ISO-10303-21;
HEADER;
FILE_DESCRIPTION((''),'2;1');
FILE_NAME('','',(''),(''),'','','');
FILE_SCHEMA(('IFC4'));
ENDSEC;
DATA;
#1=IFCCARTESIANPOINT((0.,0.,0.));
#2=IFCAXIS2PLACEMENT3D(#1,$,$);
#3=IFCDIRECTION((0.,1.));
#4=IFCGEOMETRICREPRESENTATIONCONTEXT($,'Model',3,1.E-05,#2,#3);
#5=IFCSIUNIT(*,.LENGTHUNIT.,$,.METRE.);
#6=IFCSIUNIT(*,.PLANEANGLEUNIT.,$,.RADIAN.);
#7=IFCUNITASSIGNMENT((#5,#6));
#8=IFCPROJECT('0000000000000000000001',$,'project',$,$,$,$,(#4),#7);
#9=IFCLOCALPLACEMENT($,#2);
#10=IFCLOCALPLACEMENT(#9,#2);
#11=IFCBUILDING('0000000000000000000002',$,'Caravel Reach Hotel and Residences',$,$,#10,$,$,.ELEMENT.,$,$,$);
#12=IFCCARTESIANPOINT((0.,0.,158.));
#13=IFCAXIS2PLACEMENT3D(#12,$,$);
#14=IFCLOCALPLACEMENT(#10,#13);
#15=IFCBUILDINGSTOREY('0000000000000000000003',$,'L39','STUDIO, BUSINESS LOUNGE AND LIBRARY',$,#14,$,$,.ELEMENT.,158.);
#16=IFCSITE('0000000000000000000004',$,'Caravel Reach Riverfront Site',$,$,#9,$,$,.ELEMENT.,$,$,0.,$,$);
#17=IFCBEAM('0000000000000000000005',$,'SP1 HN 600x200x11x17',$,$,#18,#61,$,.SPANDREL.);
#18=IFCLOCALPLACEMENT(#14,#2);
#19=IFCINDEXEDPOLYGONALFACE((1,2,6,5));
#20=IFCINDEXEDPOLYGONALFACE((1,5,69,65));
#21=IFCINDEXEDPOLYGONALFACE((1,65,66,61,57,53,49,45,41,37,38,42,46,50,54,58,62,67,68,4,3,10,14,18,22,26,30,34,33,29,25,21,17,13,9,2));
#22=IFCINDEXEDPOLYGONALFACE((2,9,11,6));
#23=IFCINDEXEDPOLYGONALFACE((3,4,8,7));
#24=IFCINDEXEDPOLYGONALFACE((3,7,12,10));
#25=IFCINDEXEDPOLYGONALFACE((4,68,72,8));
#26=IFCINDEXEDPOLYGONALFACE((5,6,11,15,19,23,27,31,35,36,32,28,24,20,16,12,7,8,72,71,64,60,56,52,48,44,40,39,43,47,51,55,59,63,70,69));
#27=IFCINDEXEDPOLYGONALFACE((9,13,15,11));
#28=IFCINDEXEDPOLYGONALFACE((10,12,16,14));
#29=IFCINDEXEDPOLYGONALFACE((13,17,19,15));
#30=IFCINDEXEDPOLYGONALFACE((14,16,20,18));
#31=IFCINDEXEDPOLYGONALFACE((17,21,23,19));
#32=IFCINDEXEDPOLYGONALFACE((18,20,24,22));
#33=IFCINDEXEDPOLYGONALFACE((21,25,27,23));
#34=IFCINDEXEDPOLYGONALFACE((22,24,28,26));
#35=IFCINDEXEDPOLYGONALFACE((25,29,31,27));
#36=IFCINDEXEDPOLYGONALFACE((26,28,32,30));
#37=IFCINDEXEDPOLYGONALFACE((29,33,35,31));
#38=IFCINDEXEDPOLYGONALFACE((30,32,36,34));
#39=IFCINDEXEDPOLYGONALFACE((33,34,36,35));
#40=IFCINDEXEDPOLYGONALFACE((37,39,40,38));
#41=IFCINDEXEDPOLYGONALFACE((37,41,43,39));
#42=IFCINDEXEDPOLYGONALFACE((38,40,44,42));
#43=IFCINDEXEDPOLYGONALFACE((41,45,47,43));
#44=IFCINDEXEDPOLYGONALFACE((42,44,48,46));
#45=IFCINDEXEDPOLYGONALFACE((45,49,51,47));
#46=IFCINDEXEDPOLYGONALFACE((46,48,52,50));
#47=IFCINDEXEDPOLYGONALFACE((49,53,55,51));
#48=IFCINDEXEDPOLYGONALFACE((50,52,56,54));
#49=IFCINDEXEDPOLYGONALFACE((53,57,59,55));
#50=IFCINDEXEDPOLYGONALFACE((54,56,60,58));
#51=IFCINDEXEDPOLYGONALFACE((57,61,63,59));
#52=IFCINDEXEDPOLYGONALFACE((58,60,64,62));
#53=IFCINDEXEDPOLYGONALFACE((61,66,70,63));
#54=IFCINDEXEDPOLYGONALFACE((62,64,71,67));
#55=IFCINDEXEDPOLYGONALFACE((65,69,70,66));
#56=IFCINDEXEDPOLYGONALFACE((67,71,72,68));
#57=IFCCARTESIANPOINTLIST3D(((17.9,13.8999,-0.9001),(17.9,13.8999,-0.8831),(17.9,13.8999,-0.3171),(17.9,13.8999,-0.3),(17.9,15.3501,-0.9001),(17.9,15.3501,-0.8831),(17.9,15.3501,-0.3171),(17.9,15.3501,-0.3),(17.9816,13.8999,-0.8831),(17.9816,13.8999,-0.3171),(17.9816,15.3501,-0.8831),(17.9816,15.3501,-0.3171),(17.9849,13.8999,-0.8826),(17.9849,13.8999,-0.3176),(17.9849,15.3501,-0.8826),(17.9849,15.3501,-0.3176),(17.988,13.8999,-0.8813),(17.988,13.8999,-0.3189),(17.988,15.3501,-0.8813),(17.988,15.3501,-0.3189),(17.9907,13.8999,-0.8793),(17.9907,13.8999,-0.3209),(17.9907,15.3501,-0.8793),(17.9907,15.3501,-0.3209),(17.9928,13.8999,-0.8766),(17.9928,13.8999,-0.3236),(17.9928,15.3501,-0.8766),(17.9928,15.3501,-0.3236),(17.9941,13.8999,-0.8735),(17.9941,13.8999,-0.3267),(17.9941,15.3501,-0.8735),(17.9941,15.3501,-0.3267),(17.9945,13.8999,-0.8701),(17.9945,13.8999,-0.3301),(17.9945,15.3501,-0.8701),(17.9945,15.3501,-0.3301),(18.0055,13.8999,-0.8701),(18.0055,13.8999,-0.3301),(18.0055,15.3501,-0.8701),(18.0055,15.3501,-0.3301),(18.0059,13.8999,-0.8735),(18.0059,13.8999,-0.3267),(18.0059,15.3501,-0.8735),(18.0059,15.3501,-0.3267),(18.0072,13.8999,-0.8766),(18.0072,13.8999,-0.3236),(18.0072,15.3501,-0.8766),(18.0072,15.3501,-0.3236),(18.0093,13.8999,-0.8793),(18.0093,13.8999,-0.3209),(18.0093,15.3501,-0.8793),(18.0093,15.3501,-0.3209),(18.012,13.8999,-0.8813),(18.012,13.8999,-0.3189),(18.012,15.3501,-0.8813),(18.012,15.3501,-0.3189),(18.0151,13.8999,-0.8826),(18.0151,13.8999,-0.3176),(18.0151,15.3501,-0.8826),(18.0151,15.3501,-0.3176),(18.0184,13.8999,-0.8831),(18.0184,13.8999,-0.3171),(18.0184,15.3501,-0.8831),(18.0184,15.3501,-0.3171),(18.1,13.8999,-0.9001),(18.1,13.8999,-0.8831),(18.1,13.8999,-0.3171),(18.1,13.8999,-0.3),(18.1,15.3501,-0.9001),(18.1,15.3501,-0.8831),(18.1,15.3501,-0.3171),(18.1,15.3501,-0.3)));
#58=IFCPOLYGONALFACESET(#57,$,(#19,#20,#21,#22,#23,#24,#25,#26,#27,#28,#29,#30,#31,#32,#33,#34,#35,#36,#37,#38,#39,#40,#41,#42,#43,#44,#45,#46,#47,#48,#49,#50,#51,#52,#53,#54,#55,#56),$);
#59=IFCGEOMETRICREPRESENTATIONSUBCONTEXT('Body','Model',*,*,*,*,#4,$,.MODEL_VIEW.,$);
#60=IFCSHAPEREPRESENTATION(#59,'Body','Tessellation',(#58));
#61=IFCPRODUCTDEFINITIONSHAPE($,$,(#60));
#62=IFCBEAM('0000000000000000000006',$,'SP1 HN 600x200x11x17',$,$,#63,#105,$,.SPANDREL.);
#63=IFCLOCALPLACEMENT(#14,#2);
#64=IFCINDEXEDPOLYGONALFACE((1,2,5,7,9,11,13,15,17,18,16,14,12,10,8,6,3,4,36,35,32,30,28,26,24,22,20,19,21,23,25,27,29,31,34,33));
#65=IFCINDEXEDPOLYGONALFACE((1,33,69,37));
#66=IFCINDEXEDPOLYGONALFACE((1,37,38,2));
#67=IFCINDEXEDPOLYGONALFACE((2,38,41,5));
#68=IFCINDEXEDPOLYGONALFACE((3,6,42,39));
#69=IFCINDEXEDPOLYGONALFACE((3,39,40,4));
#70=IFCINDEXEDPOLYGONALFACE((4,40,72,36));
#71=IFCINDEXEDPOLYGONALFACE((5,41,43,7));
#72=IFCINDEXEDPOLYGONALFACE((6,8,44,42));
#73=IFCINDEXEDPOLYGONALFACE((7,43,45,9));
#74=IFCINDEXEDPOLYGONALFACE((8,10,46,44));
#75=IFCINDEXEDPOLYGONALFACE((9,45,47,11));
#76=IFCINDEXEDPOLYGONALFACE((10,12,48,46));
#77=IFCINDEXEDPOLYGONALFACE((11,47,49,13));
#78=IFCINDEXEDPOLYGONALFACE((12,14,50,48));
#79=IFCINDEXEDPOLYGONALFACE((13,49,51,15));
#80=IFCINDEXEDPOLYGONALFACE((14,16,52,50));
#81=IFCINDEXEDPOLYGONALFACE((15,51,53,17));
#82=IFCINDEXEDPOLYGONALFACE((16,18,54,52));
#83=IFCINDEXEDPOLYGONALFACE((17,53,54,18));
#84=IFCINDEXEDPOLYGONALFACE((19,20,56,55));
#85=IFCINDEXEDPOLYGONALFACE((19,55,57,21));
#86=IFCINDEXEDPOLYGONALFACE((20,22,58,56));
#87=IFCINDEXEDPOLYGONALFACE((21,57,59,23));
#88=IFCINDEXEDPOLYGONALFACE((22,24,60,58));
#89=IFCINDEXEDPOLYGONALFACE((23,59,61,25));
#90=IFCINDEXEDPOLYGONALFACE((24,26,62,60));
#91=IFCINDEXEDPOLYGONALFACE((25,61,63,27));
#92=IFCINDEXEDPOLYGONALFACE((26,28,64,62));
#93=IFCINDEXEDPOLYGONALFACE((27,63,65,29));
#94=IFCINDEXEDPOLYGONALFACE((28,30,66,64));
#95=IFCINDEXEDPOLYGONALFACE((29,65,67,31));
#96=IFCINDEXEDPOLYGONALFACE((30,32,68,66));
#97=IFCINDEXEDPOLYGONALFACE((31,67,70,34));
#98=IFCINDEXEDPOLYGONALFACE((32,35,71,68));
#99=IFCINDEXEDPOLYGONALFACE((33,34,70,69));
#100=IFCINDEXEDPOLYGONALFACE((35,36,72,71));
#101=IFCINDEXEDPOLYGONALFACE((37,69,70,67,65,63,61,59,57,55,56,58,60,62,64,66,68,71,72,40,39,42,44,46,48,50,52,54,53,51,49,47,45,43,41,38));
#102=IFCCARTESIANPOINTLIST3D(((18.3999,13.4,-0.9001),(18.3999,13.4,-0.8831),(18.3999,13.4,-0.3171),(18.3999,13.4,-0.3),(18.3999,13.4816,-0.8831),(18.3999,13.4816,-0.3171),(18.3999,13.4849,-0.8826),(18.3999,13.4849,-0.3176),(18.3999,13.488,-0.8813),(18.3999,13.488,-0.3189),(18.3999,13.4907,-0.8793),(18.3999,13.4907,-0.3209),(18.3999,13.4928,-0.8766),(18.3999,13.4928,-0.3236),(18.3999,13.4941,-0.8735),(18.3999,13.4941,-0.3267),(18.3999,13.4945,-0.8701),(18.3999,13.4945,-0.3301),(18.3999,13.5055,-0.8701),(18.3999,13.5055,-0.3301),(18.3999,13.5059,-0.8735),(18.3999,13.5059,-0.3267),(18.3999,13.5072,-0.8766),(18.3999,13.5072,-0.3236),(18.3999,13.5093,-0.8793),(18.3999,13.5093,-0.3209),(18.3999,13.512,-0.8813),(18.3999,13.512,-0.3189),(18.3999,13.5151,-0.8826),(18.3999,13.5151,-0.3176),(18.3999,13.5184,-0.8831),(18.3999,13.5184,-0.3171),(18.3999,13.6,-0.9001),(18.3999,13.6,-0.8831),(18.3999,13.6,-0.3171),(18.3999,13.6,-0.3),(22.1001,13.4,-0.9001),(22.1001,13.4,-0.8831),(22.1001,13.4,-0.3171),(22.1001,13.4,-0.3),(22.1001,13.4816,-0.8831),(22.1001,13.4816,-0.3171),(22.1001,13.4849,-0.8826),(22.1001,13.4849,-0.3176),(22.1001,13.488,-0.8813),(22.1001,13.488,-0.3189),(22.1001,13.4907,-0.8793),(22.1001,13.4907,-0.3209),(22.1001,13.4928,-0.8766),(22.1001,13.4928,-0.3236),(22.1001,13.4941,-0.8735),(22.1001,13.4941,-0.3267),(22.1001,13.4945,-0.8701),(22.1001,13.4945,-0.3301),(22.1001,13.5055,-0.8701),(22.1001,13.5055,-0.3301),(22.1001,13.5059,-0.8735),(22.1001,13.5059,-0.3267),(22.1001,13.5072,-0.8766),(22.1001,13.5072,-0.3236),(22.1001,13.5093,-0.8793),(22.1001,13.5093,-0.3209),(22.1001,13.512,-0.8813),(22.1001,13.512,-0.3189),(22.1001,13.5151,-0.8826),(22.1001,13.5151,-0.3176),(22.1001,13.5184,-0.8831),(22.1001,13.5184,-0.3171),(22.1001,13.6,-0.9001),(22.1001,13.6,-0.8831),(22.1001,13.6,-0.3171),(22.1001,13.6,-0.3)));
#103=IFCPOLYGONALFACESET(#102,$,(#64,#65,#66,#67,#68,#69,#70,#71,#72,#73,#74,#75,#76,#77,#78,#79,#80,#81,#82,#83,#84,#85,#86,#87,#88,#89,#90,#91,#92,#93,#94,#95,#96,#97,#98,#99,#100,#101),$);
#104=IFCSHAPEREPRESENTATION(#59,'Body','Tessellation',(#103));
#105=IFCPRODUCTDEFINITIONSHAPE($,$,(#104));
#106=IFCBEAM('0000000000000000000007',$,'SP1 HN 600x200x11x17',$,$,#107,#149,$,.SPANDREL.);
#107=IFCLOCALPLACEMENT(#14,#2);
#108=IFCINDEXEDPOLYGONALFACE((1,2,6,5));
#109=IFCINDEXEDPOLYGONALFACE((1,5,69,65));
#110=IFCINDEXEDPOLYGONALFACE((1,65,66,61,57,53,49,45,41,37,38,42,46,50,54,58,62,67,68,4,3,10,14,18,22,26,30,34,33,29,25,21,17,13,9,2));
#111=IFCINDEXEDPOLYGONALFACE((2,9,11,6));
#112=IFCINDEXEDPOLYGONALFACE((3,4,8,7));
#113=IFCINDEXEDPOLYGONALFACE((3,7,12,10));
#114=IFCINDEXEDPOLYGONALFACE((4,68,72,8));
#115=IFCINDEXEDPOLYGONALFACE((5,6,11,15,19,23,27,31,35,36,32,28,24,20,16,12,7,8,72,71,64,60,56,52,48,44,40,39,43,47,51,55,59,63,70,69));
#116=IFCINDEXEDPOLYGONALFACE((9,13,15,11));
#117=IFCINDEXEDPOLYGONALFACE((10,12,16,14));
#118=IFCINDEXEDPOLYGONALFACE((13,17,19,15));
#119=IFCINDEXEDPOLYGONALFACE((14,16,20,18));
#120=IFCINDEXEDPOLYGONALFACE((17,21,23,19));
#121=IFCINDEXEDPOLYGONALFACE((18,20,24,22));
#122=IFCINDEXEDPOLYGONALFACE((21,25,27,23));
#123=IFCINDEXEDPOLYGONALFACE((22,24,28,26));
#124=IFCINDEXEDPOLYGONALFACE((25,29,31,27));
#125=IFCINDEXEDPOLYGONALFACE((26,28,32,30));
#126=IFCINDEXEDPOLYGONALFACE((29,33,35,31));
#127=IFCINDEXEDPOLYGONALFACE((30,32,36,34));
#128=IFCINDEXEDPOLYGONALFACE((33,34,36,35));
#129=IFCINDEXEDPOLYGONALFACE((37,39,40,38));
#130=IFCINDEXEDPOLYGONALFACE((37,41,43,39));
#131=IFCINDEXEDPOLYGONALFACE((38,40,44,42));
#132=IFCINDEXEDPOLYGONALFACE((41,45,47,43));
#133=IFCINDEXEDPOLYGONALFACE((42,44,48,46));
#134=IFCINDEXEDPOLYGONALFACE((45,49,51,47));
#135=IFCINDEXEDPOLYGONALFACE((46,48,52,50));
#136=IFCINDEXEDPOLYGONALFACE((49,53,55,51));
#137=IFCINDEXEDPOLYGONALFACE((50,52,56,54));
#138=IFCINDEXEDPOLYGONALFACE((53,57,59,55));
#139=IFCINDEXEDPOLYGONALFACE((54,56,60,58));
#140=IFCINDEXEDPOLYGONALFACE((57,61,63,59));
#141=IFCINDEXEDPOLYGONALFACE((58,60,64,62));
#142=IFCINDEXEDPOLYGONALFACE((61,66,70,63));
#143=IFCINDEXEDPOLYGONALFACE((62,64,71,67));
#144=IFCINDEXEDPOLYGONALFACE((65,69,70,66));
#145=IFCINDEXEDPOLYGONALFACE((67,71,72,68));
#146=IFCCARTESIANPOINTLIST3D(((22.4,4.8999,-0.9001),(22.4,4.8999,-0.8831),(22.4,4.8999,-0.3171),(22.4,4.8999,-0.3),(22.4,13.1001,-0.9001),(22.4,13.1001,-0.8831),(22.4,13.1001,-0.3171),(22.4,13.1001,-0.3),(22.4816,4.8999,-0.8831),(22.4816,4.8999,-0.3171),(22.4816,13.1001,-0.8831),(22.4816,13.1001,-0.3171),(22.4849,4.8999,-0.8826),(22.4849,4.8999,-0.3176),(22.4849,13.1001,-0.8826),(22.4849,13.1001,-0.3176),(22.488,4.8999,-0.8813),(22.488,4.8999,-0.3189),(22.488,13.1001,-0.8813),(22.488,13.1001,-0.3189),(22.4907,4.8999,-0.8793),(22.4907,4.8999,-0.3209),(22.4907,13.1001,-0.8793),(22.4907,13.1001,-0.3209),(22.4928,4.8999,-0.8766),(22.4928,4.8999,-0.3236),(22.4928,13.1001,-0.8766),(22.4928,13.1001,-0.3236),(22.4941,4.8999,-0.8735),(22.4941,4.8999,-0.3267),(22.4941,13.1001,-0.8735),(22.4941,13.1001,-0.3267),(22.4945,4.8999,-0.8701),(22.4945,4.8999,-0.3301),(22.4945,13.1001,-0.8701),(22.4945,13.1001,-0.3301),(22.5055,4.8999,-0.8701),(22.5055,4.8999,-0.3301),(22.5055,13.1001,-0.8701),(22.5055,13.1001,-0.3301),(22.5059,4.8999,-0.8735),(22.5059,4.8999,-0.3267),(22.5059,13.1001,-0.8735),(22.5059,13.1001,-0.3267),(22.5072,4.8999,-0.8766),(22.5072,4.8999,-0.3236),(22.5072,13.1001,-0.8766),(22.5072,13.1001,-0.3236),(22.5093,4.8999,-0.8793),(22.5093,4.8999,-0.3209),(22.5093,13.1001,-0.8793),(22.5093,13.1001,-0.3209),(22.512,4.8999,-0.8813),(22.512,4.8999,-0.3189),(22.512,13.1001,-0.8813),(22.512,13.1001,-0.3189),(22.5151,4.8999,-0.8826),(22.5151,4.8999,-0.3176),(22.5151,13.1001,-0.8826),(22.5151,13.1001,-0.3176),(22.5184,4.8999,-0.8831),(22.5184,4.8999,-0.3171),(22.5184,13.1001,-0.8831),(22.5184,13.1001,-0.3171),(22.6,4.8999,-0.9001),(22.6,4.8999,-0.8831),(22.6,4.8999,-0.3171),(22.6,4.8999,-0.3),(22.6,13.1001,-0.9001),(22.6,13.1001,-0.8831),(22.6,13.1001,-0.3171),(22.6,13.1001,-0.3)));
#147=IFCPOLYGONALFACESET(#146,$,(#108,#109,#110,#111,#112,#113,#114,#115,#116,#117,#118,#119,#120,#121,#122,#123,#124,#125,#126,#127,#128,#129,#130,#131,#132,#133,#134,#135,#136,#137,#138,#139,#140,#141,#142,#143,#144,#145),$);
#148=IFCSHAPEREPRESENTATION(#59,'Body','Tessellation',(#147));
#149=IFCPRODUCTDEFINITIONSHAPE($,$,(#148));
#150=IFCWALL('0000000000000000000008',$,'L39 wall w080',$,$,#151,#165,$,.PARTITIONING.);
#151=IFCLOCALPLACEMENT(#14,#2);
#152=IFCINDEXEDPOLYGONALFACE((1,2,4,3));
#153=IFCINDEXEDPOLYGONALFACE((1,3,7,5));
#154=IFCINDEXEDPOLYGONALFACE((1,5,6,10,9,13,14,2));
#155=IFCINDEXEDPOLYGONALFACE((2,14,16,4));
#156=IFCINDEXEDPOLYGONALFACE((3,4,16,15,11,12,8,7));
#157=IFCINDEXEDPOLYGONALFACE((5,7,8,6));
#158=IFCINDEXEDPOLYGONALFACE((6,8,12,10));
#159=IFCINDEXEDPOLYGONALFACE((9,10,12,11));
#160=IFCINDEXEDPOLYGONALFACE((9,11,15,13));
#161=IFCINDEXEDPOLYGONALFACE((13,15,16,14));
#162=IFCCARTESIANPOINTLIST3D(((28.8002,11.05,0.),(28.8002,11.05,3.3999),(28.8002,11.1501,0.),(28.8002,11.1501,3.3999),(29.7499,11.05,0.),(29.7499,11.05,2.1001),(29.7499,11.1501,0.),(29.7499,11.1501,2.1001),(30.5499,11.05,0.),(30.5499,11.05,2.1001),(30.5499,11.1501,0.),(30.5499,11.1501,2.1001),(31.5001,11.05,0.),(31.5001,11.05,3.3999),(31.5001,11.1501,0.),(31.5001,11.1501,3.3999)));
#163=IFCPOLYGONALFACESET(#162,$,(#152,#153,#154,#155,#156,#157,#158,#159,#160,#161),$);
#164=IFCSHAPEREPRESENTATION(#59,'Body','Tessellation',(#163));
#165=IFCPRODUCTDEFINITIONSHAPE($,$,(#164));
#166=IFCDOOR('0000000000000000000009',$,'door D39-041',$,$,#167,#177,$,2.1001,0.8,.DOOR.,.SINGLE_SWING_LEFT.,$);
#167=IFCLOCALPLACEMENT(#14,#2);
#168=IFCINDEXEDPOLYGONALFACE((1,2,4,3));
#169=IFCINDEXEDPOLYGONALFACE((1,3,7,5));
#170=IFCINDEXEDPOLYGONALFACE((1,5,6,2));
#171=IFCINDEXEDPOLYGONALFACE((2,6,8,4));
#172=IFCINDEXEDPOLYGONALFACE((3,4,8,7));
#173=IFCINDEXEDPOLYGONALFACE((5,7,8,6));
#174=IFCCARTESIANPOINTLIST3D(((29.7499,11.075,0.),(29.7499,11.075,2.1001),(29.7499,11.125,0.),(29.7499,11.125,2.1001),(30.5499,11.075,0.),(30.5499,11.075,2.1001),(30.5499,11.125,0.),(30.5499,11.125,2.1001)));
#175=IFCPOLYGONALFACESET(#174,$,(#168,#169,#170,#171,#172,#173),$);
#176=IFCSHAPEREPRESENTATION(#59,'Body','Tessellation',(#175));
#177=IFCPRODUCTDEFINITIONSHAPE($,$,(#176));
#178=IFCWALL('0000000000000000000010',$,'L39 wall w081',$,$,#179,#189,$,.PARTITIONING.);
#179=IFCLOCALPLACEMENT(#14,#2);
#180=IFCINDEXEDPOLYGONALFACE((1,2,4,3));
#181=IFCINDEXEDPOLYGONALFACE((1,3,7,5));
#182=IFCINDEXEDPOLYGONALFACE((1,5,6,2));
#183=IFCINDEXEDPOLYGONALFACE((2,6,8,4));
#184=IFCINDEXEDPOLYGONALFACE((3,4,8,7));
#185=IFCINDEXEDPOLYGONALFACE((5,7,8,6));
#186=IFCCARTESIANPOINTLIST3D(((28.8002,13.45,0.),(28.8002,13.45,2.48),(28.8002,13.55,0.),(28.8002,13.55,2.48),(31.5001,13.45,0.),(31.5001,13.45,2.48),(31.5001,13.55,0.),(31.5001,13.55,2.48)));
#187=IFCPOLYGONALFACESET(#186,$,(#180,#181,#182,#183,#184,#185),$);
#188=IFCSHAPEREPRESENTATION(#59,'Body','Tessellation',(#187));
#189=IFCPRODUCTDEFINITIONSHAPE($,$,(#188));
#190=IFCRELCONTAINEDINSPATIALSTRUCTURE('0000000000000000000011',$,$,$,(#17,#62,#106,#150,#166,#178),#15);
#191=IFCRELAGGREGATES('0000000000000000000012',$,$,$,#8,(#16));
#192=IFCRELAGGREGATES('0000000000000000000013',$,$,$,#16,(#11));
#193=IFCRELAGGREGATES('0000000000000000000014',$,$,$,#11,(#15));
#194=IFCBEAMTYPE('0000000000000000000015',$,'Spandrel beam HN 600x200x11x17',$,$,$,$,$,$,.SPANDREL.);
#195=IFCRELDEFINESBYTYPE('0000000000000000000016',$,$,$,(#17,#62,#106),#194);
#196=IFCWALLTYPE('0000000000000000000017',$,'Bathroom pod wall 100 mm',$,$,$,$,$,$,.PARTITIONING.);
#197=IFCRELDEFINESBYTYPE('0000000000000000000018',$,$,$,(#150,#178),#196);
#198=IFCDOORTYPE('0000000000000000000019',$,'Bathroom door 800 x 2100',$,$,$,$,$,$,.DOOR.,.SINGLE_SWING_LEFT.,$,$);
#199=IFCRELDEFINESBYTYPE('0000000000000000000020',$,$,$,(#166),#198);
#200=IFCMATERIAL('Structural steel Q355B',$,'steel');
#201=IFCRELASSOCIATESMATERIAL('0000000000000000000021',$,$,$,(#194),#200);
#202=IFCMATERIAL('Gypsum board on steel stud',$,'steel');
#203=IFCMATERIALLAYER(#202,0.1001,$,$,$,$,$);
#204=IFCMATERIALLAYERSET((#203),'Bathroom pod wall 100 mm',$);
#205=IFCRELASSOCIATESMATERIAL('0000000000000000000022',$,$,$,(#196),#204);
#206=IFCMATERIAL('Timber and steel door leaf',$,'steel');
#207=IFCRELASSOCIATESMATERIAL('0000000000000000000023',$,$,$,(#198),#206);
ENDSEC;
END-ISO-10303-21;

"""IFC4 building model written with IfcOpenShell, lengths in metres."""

from ifc_helpers import new_model, si_unit, direction, frame, frame_2d, origin, origin_2d, place, context, subcontext, project, spatial, rectangle, i_section, extrude, material, layer, layer_set, material_profile, profile_set, type_object, element, fill, save


model = new_model("IFC4")

# Units and contexts
model_context = context("Model", 3, precision=1e-05, world=origin(), true_north=direction((0.0, 1.0)))
body_context = subcontext(model_context, "Body", "Model", "MODEL_VIEW")
ifc_project = project(units=[si_unit("LENGTHUNIT", "METRE"), si_unit("PLANEANGLEUNIT", "RADIAN")], contexts=[model_context])

# Site, building, storey
site_placement = place(None, origin())
site = spatial("IfcSite", under=ifc_project, at=site_placement, Name="Caravel Reach Riverfront Site", CompositionType="ELEMENT", RefElevation=0.0)
building_placement = place(site_placement, origin())
building = spatial("IfcBuilding", under=site, at=building_placement, Name="Caravel Reach Hotel and Residences", CompositionType="ELEMENT")
storey_placement = place(building_placement, frame((0.0, 0.0, 158.0)))
storey = spatial("IfcBuildingStorey", under=building, at=storey_placement, Name="L39", Description="STUDIO, BUSINESS LOUNGE AND LIBRARY", CompositionType="ELEMENT", Elevation=158.0)

# Beams
ifc_material_1 = material(Name="Structural steel Q355B", Category="steel")
ifc_material_profile_1 = material_profile(ifc_material_1, i_section(OverallWidth=0.2, OverallDepth=0.6001, WebThickness=0.011, FlangeThickness=0.0171, FilletRadius=0.0129, at=origin_2d()), Name="HN 600x200x11x17")
ifc_profile_set_1 = profile_set([ifc_material_profile_1], Name="Structural steel Q355B")
beam_type_1 = type_object("IfcBeamType", Name="Spandrel beam HN 600x200x11x17", PredefinedType="SPANDREL", material=ifc_profile_set_1)
beam_1_placement = place(storey_placement, frame((18.0, 15.3501, -0.6001), z_axis=(0.0, -1.0, 0.0), x_axis=(1.0, 0.0, 0.0)))
element("IfcBeam", 1, at=beam_1_placement, inside=storey, type_object=beam_type_1, Name="SP1 HN 600x200x11x17", PredefinedType="SPANDREL", context=body_context, shape_type="SweptSolid", body=[
    extrude(i_section(OverallWidth=0.2, OverallDepth=0.6001, WebThickness=0.011, FlangeThickness=0.0171, FilletRadius=0.0129, at=origin_2d()), origin(), (0.0, 0.0, 1.0), 1.4502),
])
beam_2_placement = place(storey_placement, frame((18.3999, 13.5, -0.6001), z_axis=(1.0, 0.0, 0.0), x_axis=(0.0, 1.0, 0.0)))
element("IfcBeam", 2, at=beam_2_placement, inside=storey, type_object=beam_type_1, Name="SP1 HN 600x200x11x17", PredefinedType="SPANDREL", context=body_context, shape_type="SweptSolid", body=[
    extrude(i_section(OverallWidth=0.2, OverallDepth=0.6001, WebThickness=0.011, FlangeThickness=0.0171, FilletRadius=0.0129, at=origin_2d()), origin(), (0.0, 0.0, 1.0), 3.7002),
])
beam_3_placement = place(storey_placement, frame((22.5, 13.1001, -0.6001), z_axis=(0.0, -1.0, 0.0), x_axis=(1.0, 0.0, 0.0)))
element("IfcBeam", 3, at=beam_3_placement, inside=storey, type_object=beam_type_1, Name="SP1 HN 600x200x11x17", PredefinedType="SPANDREL", context=body_context, shape_type="SweptSolid", body=[
    extrude(i_section(OverallWidth=0.2, OverallDepth=0.6001, WebThickness=0.011, FlangeThickness=0.0171, FilletRadius=0.0129, at=origin_2d()), origin(), (0.0, 0.0, 1.0), 8.2002),
])

# Wall, opening, door
ifc_material_2 = material(Name="Gypsum board on steel stud", Category="steel")
ifc_layer_1 = layer(ifc_material_2, 0.1001)
ifc_layer_set_1 = layer_set([ifc_layer_1], Name="Bathroom pod wall 100 mm")
wall_type_1 = type_object("IfcWallType", Name="Bathroom pod wall 100 mm", PredefinedType="PARTITIONING", material=ifc_layer_set_1)
wall_1_placement = place(storey_placement, frame((28.8, 11.1001, 0.0), z_axis=(0.0, 0.0, 1.0), x_axis=(1.0, 0.0, 0.0)))
wall_1 = element("IfcWall", 4, at=wall_1_placement, inside=storey, type_object=wall_type_1, Name="L39 wall w080", PredefinedType="PARTITIONING", context=body_context, shape_type="SweptSolid", body=[
    extrude(rectangle(XDim=2.7, YDim=0.1001, at=frame_2d((1.3501, 0.0))), origin(), (0.0, 0.0, 1.0), 3.3999),
])
opening_1_placement = place(wall_1_placement, frame((0.95, 0.0, 0.0)))
opening_1 = element("IfcOpeningElement", 5, at=opening_1_placement, cuts=wall_1, PredefinedType="OPENING", context=body_context, shape_type="SweptSolid", body=[
    extrude(rectangle(XDim=0.8, YDim=2.1001, at=frame_2d((0.3999, 1.05))), frame((0.0, 0.0601, 0.0), z_axis=(0.0, -1.0, 0.0), x_axis=(1.0, 0.0, 0.0)), (0.0, 0.0, 1.0), 0.1201),
])
ifc_material_3 = material(Name="Timber and steel door leaf", Category="steel")
door_type_1 = type_object("IfcDoorType", Name="Bathroom door 800 x 2100", OperationType="SINGLE_SWING_LEFT", PredefinedType="DOOR", material=ifc_material_3)
door_1_placement = place(opening_1_placement, origin())
door_1 = element("IfcDoor", 6, at=door_1_placement, inside=storey, type_object=door_type_1, Name="door D39-041", OperationType="SINGLE_SWING_LEFT", OverallHeight=2.1001, OverallWidth=0.8, PredefinedType="DOOR", context=body_context, shape_type="SweptSolid", body=[
    extrude(rectangle(XDim=0.8, YDim=2.1001, at=frame_2d((0.3999, 1.05))), frame((0.0, 0.0249, 0.0), z_axis=(0.0, -1.0, 0.0), x_axis=(1.0, 0.0, 0.0)), (0.0, 0.0, 1.0), 0.05),
])
fill(opening_1, door_1)

# Wall
wall_2_placement = place(storey_placement, frame((28.8, 13.5, 0.0), z_axis=(0.0, 0.0, 1.0), x_axis=(1.0, 0.0, 0.0)))
element("IfcWall", 7, at=wall_2_placement, inside=storey, type_object=wall_type_1, Name="L39 wall w081", PredefinedType="PARTITIONING", context=body_context, shape_type="SweptSolid", body=[
    extrude(rectangle(XDim=2.7, YDim=0.1001, at=frame_2d((1.3501, 0.0))), origin(), (0.0, 0.0, 1.0), 2.48),
])

save(model, "model.ifc")
